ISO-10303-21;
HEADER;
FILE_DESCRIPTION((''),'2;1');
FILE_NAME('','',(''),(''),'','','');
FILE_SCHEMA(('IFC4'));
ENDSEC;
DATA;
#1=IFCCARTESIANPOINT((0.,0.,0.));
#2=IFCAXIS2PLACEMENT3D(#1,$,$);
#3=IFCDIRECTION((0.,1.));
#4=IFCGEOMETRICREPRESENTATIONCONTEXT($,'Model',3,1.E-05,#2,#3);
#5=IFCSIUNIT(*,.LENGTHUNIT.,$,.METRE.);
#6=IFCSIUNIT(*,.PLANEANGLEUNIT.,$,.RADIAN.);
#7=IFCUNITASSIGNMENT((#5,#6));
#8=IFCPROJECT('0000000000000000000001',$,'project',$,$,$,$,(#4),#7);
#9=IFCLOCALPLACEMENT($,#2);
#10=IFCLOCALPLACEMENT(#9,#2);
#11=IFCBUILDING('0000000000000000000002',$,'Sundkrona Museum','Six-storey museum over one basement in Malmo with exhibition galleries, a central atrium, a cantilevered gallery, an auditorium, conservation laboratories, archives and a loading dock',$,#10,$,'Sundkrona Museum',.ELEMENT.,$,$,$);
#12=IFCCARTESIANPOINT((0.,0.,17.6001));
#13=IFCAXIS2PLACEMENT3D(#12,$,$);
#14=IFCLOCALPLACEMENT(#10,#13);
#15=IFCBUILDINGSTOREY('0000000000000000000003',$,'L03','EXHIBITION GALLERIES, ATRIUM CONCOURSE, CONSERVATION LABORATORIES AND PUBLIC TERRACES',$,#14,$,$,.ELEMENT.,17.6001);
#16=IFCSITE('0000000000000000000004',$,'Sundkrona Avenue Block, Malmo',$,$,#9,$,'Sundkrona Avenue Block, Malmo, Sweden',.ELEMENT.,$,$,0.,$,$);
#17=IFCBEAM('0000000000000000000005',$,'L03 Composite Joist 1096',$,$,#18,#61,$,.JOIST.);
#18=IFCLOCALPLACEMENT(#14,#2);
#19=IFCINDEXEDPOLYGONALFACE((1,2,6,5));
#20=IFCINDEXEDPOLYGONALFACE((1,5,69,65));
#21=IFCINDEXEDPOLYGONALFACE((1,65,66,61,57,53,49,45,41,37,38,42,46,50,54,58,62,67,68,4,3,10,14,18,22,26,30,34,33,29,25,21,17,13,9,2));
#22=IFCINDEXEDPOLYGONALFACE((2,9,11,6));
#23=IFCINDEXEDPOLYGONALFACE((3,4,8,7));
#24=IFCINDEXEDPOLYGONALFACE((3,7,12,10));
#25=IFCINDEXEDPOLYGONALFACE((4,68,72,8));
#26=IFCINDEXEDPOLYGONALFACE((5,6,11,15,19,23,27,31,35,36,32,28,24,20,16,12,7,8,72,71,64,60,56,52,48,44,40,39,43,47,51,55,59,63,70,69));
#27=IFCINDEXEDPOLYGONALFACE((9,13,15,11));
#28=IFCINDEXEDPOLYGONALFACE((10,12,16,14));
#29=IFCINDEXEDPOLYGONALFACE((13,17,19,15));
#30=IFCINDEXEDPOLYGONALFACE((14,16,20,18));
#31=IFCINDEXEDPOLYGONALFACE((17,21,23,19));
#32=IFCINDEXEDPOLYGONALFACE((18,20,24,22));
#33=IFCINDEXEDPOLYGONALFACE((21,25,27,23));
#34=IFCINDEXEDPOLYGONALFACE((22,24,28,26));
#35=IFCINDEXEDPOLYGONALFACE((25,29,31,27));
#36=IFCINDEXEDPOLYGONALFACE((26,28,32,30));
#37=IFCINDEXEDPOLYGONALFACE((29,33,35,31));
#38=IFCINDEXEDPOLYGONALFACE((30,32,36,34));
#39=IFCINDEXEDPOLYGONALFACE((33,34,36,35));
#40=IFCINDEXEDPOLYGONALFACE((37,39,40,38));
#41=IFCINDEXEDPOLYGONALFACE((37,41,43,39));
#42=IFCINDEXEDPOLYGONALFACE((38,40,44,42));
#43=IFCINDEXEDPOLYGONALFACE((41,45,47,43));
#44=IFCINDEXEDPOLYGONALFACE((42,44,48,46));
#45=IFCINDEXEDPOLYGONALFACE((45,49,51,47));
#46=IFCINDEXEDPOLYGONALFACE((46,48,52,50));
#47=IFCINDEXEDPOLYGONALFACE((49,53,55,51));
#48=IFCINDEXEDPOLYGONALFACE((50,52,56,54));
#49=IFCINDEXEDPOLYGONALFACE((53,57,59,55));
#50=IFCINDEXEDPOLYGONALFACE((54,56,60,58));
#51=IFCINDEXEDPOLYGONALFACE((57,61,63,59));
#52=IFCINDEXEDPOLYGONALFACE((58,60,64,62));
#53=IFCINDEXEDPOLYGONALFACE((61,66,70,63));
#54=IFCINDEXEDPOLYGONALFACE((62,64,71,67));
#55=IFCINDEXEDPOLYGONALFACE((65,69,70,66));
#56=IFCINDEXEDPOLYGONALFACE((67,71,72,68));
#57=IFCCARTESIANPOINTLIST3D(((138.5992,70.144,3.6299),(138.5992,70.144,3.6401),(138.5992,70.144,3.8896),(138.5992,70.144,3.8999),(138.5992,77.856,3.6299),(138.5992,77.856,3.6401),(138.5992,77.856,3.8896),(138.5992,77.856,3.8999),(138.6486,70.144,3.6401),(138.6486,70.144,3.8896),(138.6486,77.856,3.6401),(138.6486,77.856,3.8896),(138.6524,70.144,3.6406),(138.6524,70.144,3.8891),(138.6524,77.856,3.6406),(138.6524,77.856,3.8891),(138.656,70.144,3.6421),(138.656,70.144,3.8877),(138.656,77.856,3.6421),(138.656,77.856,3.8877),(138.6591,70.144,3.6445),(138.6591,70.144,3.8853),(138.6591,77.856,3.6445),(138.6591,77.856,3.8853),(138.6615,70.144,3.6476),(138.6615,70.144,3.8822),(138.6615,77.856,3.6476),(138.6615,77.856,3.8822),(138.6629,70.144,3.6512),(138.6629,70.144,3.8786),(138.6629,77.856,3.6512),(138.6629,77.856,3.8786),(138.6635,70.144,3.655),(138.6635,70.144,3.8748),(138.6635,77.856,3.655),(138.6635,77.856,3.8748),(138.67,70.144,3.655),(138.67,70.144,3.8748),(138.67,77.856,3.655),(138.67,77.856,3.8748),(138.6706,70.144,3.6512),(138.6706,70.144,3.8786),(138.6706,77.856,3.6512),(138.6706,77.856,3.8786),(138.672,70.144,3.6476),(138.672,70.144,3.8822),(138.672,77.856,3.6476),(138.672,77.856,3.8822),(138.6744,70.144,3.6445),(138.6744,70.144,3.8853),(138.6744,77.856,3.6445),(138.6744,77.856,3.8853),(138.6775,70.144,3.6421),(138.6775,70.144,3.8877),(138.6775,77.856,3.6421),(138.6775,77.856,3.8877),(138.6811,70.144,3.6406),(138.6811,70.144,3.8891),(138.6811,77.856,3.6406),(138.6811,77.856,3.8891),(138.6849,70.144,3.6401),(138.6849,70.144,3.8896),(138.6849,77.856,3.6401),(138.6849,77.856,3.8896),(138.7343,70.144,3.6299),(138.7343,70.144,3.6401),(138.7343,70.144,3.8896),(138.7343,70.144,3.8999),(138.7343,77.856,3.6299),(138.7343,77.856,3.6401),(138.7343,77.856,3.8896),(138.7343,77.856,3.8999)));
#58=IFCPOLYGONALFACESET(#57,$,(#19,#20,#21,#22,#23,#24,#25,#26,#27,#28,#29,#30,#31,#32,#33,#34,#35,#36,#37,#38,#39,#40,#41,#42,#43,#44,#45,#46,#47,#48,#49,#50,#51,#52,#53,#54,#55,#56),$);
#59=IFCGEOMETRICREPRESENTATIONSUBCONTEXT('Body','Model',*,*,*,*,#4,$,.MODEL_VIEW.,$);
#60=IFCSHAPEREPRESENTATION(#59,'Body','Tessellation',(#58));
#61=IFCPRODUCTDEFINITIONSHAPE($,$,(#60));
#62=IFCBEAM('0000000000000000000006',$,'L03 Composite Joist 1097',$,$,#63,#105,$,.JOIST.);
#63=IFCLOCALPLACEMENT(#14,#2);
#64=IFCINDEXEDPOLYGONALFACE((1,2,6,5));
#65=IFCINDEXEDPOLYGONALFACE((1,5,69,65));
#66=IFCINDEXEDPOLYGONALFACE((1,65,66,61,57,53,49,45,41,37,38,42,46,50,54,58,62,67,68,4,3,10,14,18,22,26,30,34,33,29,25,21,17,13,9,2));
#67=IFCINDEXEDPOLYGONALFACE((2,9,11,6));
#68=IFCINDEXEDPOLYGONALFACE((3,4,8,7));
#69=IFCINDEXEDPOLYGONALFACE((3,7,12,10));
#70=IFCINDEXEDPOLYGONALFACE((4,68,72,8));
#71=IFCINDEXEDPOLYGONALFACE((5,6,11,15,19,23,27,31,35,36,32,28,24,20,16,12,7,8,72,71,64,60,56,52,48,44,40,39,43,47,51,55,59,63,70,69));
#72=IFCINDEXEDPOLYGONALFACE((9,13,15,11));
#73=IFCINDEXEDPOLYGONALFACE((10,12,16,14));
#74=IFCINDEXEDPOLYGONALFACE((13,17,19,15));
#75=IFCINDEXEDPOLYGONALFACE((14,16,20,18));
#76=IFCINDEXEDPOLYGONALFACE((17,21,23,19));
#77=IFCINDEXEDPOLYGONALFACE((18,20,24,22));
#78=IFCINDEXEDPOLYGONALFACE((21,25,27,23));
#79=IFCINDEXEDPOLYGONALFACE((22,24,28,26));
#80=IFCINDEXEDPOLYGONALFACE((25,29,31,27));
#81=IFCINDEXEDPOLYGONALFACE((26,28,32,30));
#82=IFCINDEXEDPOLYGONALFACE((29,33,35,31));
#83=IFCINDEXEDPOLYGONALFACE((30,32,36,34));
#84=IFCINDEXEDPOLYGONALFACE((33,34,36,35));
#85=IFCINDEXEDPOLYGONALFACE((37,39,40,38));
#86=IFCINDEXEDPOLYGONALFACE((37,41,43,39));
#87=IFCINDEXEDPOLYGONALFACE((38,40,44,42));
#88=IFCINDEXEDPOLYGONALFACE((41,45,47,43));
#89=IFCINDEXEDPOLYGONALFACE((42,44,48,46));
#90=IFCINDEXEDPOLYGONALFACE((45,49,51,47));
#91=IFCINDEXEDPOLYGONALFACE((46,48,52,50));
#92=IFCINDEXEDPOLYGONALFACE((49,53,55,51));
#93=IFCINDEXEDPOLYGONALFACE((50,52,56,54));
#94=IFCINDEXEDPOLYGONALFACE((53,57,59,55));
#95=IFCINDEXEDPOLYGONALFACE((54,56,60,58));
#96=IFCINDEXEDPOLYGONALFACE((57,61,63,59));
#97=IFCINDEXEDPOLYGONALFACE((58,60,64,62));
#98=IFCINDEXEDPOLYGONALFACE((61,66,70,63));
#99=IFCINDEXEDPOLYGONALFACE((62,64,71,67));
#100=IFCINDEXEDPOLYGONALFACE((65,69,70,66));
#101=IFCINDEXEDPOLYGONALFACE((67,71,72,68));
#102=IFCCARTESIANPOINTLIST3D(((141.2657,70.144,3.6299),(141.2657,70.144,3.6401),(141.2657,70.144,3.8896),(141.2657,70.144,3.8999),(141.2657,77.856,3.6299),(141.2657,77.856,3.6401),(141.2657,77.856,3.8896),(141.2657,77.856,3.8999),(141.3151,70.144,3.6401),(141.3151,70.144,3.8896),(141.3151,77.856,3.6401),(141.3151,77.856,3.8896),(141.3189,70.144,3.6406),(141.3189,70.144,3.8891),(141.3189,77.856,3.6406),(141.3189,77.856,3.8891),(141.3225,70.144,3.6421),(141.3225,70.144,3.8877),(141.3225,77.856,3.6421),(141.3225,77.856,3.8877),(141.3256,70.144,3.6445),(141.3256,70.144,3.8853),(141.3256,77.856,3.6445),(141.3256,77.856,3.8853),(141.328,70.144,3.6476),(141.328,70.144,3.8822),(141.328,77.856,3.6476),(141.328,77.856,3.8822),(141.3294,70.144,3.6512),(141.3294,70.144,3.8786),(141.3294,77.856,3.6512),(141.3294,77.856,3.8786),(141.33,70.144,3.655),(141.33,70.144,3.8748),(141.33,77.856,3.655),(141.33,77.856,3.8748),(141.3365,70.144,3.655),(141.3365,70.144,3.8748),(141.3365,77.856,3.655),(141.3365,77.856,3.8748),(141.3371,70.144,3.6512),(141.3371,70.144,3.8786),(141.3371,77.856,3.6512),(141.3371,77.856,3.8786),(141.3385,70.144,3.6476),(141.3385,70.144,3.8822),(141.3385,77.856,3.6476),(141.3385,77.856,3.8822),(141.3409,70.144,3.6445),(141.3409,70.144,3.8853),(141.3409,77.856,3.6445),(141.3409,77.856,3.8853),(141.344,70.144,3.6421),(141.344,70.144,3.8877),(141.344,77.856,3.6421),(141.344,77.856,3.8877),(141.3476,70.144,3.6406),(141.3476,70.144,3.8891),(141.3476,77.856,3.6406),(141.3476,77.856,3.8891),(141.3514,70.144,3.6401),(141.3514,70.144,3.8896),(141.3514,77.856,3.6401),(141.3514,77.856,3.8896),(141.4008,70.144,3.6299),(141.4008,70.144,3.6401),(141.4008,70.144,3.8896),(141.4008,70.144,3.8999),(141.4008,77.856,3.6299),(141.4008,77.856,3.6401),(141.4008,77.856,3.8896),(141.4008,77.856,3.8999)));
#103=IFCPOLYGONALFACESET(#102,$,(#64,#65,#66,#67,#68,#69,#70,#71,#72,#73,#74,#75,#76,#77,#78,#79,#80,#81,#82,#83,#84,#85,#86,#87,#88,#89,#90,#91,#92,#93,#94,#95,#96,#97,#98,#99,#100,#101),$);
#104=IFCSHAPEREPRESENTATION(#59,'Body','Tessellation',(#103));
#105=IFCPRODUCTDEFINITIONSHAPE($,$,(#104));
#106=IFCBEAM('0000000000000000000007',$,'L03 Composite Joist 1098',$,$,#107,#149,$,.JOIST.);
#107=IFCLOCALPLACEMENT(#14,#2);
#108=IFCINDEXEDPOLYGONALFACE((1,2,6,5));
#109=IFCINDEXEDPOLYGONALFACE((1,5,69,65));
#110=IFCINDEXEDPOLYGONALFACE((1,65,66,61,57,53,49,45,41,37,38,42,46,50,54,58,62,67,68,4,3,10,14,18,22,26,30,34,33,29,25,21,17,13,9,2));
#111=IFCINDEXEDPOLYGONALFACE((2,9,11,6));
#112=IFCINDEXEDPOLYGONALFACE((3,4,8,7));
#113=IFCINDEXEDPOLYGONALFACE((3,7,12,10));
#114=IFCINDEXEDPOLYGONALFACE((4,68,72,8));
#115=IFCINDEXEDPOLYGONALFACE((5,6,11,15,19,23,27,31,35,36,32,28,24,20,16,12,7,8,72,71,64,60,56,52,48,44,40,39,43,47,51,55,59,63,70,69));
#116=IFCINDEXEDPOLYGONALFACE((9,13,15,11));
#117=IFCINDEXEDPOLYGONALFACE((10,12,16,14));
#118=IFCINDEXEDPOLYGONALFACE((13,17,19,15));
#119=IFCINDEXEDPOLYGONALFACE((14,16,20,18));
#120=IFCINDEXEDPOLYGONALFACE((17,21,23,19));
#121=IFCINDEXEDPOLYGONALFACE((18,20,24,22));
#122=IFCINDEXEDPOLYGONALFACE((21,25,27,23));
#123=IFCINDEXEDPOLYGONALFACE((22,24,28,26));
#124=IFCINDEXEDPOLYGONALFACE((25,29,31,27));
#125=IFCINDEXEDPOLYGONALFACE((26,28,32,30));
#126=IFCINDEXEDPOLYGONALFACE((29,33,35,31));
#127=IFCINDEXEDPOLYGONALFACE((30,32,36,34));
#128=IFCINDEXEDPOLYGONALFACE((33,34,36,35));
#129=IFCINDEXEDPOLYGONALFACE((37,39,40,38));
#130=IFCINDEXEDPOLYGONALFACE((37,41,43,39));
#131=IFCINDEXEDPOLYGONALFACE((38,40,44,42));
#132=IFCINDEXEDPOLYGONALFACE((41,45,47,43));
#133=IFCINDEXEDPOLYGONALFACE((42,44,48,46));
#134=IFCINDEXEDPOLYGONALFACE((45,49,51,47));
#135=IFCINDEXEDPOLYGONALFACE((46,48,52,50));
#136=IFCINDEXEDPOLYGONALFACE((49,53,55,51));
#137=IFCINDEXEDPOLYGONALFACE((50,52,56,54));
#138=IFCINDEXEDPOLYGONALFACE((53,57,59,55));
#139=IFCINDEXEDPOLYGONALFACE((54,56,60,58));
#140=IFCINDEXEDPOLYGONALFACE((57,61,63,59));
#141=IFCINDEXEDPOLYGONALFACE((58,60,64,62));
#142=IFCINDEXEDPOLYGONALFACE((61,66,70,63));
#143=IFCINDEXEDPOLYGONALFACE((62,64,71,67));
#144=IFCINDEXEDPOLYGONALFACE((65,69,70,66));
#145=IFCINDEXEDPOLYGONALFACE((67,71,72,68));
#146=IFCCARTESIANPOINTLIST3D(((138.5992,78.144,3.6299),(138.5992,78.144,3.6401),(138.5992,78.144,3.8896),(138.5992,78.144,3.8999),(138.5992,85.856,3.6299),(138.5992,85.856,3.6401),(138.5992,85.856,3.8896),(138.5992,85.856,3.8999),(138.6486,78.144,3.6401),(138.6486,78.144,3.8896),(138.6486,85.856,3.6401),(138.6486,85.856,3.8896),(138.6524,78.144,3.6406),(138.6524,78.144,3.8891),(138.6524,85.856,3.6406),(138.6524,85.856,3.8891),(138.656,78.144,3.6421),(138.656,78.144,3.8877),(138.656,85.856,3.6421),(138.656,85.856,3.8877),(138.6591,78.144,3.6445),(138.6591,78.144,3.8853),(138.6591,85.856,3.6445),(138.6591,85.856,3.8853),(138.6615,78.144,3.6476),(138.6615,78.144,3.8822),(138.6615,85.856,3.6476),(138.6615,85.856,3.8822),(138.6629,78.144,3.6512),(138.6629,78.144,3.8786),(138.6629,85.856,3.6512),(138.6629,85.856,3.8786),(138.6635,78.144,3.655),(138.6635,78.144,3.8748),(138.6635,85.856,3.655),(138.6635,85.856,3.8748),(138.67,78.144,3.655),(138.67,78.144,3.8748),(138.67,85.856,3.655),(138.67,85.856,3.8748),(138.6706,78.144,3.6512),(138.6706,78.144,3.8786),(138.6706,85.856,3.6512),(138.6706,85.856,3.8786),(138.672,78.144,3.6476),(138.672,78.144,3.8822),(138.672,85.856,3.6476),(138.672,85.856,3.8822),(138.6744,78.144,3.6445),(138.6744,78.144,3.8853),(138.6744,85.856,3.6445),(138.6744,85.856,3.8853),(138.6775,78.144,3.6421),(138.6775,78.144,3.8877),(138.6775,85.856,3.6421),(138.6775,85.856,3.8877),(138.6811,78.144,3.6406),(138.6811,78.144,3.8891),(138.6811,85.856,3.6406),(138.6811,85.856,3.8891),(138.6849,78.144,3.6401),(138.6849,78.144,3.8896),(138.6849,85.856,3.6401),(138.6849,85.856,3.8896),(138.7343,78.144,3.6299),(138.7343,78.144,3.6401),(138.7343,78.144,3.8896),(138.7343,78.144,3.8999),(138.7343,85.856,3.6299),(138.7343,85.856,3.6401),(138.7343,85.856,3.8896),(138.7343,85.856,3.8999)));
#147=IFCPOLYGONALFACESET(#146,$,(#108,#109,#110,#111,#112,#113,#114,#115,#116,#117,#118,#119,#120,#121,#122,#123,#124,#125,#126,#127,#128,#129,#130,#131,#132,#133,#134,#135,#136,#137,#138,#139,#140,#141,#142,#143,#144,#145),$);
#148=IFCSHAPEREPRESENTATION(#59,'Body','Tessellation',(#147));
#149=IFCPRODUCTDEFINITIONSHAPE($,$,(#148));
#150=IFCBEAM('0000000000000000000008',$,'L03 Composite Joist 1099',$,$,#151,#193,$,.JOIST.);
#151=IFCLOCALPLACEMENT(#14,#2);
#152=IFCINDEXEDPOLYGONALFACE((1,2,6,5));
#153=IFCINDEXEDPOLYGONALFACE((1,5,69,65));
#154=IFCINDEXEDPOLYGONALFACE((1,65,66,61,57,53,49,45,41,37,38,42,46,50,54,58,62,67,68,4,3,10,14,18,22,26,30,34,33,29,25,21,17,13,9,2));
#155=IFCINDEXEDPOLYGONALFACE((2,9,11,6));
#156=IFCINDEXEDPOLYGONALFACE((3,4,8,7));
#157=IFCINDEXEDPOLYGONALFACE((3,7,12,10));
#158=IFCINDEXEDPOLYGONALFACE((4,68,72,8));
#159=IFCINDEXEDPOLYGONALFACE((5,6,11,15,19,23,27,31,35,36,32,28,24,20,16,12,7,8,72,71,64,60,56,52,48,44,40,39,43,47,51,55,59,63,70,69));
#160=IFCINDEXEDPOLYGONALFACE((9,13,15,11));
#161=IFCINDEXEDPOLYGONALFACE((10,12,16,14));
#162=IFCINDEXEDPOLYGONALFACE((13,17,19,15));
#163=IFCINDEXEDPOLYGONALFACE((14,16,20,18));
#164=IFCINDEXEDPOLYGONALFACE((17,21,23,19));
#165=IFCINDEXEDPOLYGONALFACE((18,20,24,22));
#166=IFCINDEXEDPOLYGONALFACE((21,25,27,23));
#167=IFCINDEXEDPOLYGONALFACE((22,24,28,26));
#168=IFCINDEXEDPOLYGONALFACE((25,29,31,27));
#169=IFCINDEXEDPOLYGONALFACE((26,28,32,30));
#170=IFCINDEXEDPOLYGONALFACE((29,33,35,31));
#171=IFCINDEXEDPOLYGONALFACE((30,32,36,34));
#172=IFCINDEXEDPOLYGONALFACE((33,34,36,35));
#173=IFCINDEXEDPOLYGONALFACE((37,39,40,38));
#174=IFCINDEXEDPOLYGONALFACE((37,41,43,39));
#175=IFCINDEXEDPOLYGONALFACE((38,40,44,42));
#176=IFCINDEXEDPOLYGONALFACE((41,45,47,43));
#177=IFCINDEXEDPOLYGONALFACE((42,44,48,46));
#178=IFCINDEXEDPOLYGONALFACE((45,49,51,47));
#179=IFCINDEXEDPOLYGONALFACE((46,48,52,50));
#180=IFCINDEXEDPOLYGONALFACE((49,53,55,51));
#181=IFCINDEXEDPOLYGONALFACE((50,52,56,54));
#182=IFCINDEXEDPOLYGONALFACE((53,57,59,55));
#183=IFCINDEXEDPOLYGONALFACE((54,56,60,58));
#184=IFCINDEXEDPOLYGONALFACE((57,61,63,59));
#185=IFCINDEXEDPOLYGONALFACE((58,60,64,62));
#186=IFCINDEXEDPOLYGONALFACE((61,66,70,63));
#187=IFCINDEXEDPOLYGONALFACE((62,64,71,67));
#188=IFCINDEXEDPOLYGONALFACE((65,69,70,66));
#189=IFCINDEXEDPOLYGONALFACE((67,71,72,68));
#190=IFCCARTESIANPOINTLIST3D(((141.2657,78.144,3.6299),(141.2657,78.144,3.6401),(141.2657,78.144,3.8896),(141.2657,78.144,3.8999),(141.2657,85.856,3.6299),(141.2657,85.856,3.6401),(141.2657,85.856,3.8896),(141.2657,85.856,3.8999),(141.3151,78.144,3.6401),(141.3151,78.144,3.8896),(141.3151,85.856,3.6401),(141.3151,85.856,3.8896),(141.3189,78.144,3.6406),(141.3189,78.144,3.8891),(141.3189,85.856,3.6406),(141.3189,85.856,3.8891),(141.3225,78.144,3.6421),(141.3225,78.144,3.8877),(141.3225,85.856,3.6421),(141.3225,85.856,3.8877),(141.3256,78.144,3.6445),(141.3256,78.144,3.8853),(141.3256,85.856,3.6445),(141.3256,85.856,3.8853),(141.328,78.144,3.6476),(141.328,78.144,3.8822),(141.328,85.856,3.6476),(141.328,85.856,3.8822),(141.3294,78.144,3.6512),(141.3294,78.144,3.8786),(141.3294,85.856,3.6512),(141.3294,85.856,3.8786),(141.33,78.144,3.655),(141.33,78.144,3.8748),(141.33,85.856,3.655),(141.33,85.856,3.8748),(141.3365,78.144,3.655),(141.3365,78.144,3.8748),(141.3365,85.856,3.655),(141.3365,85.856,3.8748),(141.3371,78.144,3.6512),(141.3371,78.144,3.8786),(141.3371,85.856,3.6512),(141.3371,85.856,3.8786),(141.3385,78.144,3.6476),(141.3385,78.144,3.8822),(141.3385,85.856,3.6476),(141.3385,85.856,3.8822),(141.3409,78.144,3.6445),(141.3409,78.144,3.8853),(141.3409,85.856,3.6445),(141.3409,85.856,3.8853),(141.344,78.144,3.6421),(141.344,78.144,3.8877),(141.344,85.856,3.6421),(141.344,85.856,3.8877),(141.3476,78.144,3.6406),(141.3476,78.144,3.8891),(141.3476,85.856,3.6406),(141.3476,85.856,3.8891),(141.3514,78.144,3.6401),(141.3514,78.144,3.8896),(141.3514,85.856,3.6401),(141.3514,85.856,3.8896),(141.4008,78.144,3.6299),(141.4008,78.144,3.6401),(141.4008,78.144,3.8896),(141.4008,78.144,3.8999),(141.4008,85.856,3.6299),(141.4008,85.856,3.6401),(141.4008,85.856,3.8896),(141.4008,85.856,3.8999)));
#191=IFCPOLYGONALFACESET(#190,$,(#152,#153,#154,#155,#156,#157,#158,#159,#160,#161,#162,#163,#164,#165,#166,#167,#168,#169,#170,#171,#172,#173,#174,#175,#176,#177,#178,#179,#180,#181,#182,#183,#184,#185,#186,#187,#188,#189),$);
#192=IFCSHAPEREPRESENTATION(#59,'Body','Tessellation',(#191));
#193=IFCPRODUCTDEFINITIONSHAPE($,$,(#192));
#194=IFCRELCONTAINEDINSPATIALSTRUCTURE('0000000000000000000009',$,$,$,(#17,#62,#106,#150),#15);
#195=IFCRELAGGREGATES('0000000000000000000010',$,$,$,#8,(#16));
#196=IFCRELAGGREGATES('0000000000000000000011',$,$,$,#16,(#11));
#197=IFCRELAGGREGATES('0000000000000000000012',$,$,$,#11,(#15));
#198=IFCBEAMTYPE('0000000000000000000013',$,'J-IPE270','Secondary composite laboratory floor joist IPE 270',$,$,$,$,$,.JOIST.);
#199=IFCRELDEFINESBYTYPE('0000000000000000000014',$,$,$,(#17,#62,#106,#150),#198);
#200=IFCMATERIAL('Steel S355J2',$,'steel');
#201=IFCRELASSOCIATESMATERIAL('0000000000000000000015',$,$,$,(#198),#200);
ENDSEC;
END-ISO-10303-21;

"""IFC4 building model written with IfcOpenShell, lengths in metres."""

from ifc_helpers import new_model, si_unit, direction, frame, origin, origin_2d, place, context, subcontext, project, spatial, i_section, extrude, material, material_profile, profile_set, type_object, element, save


model = new_model("IFC4")

# Units and contexts
model_context = context("Model", 3, precision=1e-05, world=origin(), true_north=direction((0.0, 1.0)))
body_context = subcontext(model_context, "Body", "Model", "MODEL_VIEW")
ifc_project = project(units=[si_unit("LENGTHUNIT", "METRE"), si_unit("PLANEANGLEUNIT", "RADIAN")], contexts=[model_context])

# Site, building, storey
site_placement = place(None, origin())
site = spatial("IfcSite", under=ifc_project, at=site_placement, Name="Sundkrona Avenue Block, Malmo", LongName="Sundkrona Avenue Block, Malmo, Sweden", CompositionType="ELEMENT", RefElevation=0.0)
building_placement = place(site_placement, origin())
building = spatial("IfcBuilding", under=site, at=building_placement, Name="Sundkrona Museum", Description="Six-storey museum over one basement in Malmo with exhibition galleries, a central atrium, a cantilevered gallery, an auditorium, conservation laboratories, archives and a loading dock", LongName="Sundkrona Museum", CompositionType="ELEMENT")
storey_placement = place(building_placement, frame((0.0, 0.0, 17.6001)))
storey = spatial("IfcBuildingStorey", under=building, at=storey_placement, Name="L03", Description="EXHIBITION GALLERIES, ATRIUM CONCOURSE, CONSERVATION LABORATORIES AND PUBLIC TERRACES", CompositionType="ELEMENT", Elevation=17.6001)

# Shared definitions
ifc_material_1 = material(Name="Steel S355J2", Category="steel")

# Beams
ifc_material_profile_1 = material_profile(ifc_material_1, i_section(OverallWidth=0.135, OverallDepth=0.27, WebThickness=0.0066, FlangeThickness=0.0103, FilletRadius=0.0149, at=origin_2d()), Name="IPE 270")
ifc_profile_set_1 = profile_set([ifc_material_profile_1], Name="Steel S355J2")
beam_type_1 = type_object("IfcBeamType", Name="J-IPE270", Description="Secondary composite laboratory floor joist IPE 270", PredefinedType="JOIST", material=ifc_profile_set_1)
for number, where, z_axis, x_axis, name in (
    (1, (138.6667, 70.144, 3.7649), (0.0, 1.0, 0.0), (-1.0, 0.0, 0.0), "L03 Composite Joist 1096"),
    (2, (141.3333, 70.144, 3.7649), (0.0, 1.0, 0.0), (-1.0, 0.0, 0.0), "L03 Composite Joist 1097"),
    (3, (138.6667, 78.144, 3.7649), (0.0, 1.0, 0.0), (-1.0, 0.0, 0.0), "L03 Composite Joist 1098"),
    (4, (141.3333, 78.144, 3.7649), (0.0, 1.0, 0.0), (-1.0, 0.0, 0.0), "L03 Composite Joist 1099"),
):
    element("IfcBeam", number, at=place(storey_placement, frame(where, z_axis=z_axis, x_axis=x_axis)), inside=storey, type_object=beam_type_1, Name=name, PredefinedType="JOIST", context=body_context, shape_type="SweptSolid", body=[
        extrude(i_section(OverallWidth=0.135, OverallDepth=0.27, WebThickness=0.0066, FlangeThickness=0.0103, FilletRadius=0.0149, at=origin_2d()), origin(), (0.0, 0.0, 1.0), 7.7119),
    ])

save(model, "model.ifc")
